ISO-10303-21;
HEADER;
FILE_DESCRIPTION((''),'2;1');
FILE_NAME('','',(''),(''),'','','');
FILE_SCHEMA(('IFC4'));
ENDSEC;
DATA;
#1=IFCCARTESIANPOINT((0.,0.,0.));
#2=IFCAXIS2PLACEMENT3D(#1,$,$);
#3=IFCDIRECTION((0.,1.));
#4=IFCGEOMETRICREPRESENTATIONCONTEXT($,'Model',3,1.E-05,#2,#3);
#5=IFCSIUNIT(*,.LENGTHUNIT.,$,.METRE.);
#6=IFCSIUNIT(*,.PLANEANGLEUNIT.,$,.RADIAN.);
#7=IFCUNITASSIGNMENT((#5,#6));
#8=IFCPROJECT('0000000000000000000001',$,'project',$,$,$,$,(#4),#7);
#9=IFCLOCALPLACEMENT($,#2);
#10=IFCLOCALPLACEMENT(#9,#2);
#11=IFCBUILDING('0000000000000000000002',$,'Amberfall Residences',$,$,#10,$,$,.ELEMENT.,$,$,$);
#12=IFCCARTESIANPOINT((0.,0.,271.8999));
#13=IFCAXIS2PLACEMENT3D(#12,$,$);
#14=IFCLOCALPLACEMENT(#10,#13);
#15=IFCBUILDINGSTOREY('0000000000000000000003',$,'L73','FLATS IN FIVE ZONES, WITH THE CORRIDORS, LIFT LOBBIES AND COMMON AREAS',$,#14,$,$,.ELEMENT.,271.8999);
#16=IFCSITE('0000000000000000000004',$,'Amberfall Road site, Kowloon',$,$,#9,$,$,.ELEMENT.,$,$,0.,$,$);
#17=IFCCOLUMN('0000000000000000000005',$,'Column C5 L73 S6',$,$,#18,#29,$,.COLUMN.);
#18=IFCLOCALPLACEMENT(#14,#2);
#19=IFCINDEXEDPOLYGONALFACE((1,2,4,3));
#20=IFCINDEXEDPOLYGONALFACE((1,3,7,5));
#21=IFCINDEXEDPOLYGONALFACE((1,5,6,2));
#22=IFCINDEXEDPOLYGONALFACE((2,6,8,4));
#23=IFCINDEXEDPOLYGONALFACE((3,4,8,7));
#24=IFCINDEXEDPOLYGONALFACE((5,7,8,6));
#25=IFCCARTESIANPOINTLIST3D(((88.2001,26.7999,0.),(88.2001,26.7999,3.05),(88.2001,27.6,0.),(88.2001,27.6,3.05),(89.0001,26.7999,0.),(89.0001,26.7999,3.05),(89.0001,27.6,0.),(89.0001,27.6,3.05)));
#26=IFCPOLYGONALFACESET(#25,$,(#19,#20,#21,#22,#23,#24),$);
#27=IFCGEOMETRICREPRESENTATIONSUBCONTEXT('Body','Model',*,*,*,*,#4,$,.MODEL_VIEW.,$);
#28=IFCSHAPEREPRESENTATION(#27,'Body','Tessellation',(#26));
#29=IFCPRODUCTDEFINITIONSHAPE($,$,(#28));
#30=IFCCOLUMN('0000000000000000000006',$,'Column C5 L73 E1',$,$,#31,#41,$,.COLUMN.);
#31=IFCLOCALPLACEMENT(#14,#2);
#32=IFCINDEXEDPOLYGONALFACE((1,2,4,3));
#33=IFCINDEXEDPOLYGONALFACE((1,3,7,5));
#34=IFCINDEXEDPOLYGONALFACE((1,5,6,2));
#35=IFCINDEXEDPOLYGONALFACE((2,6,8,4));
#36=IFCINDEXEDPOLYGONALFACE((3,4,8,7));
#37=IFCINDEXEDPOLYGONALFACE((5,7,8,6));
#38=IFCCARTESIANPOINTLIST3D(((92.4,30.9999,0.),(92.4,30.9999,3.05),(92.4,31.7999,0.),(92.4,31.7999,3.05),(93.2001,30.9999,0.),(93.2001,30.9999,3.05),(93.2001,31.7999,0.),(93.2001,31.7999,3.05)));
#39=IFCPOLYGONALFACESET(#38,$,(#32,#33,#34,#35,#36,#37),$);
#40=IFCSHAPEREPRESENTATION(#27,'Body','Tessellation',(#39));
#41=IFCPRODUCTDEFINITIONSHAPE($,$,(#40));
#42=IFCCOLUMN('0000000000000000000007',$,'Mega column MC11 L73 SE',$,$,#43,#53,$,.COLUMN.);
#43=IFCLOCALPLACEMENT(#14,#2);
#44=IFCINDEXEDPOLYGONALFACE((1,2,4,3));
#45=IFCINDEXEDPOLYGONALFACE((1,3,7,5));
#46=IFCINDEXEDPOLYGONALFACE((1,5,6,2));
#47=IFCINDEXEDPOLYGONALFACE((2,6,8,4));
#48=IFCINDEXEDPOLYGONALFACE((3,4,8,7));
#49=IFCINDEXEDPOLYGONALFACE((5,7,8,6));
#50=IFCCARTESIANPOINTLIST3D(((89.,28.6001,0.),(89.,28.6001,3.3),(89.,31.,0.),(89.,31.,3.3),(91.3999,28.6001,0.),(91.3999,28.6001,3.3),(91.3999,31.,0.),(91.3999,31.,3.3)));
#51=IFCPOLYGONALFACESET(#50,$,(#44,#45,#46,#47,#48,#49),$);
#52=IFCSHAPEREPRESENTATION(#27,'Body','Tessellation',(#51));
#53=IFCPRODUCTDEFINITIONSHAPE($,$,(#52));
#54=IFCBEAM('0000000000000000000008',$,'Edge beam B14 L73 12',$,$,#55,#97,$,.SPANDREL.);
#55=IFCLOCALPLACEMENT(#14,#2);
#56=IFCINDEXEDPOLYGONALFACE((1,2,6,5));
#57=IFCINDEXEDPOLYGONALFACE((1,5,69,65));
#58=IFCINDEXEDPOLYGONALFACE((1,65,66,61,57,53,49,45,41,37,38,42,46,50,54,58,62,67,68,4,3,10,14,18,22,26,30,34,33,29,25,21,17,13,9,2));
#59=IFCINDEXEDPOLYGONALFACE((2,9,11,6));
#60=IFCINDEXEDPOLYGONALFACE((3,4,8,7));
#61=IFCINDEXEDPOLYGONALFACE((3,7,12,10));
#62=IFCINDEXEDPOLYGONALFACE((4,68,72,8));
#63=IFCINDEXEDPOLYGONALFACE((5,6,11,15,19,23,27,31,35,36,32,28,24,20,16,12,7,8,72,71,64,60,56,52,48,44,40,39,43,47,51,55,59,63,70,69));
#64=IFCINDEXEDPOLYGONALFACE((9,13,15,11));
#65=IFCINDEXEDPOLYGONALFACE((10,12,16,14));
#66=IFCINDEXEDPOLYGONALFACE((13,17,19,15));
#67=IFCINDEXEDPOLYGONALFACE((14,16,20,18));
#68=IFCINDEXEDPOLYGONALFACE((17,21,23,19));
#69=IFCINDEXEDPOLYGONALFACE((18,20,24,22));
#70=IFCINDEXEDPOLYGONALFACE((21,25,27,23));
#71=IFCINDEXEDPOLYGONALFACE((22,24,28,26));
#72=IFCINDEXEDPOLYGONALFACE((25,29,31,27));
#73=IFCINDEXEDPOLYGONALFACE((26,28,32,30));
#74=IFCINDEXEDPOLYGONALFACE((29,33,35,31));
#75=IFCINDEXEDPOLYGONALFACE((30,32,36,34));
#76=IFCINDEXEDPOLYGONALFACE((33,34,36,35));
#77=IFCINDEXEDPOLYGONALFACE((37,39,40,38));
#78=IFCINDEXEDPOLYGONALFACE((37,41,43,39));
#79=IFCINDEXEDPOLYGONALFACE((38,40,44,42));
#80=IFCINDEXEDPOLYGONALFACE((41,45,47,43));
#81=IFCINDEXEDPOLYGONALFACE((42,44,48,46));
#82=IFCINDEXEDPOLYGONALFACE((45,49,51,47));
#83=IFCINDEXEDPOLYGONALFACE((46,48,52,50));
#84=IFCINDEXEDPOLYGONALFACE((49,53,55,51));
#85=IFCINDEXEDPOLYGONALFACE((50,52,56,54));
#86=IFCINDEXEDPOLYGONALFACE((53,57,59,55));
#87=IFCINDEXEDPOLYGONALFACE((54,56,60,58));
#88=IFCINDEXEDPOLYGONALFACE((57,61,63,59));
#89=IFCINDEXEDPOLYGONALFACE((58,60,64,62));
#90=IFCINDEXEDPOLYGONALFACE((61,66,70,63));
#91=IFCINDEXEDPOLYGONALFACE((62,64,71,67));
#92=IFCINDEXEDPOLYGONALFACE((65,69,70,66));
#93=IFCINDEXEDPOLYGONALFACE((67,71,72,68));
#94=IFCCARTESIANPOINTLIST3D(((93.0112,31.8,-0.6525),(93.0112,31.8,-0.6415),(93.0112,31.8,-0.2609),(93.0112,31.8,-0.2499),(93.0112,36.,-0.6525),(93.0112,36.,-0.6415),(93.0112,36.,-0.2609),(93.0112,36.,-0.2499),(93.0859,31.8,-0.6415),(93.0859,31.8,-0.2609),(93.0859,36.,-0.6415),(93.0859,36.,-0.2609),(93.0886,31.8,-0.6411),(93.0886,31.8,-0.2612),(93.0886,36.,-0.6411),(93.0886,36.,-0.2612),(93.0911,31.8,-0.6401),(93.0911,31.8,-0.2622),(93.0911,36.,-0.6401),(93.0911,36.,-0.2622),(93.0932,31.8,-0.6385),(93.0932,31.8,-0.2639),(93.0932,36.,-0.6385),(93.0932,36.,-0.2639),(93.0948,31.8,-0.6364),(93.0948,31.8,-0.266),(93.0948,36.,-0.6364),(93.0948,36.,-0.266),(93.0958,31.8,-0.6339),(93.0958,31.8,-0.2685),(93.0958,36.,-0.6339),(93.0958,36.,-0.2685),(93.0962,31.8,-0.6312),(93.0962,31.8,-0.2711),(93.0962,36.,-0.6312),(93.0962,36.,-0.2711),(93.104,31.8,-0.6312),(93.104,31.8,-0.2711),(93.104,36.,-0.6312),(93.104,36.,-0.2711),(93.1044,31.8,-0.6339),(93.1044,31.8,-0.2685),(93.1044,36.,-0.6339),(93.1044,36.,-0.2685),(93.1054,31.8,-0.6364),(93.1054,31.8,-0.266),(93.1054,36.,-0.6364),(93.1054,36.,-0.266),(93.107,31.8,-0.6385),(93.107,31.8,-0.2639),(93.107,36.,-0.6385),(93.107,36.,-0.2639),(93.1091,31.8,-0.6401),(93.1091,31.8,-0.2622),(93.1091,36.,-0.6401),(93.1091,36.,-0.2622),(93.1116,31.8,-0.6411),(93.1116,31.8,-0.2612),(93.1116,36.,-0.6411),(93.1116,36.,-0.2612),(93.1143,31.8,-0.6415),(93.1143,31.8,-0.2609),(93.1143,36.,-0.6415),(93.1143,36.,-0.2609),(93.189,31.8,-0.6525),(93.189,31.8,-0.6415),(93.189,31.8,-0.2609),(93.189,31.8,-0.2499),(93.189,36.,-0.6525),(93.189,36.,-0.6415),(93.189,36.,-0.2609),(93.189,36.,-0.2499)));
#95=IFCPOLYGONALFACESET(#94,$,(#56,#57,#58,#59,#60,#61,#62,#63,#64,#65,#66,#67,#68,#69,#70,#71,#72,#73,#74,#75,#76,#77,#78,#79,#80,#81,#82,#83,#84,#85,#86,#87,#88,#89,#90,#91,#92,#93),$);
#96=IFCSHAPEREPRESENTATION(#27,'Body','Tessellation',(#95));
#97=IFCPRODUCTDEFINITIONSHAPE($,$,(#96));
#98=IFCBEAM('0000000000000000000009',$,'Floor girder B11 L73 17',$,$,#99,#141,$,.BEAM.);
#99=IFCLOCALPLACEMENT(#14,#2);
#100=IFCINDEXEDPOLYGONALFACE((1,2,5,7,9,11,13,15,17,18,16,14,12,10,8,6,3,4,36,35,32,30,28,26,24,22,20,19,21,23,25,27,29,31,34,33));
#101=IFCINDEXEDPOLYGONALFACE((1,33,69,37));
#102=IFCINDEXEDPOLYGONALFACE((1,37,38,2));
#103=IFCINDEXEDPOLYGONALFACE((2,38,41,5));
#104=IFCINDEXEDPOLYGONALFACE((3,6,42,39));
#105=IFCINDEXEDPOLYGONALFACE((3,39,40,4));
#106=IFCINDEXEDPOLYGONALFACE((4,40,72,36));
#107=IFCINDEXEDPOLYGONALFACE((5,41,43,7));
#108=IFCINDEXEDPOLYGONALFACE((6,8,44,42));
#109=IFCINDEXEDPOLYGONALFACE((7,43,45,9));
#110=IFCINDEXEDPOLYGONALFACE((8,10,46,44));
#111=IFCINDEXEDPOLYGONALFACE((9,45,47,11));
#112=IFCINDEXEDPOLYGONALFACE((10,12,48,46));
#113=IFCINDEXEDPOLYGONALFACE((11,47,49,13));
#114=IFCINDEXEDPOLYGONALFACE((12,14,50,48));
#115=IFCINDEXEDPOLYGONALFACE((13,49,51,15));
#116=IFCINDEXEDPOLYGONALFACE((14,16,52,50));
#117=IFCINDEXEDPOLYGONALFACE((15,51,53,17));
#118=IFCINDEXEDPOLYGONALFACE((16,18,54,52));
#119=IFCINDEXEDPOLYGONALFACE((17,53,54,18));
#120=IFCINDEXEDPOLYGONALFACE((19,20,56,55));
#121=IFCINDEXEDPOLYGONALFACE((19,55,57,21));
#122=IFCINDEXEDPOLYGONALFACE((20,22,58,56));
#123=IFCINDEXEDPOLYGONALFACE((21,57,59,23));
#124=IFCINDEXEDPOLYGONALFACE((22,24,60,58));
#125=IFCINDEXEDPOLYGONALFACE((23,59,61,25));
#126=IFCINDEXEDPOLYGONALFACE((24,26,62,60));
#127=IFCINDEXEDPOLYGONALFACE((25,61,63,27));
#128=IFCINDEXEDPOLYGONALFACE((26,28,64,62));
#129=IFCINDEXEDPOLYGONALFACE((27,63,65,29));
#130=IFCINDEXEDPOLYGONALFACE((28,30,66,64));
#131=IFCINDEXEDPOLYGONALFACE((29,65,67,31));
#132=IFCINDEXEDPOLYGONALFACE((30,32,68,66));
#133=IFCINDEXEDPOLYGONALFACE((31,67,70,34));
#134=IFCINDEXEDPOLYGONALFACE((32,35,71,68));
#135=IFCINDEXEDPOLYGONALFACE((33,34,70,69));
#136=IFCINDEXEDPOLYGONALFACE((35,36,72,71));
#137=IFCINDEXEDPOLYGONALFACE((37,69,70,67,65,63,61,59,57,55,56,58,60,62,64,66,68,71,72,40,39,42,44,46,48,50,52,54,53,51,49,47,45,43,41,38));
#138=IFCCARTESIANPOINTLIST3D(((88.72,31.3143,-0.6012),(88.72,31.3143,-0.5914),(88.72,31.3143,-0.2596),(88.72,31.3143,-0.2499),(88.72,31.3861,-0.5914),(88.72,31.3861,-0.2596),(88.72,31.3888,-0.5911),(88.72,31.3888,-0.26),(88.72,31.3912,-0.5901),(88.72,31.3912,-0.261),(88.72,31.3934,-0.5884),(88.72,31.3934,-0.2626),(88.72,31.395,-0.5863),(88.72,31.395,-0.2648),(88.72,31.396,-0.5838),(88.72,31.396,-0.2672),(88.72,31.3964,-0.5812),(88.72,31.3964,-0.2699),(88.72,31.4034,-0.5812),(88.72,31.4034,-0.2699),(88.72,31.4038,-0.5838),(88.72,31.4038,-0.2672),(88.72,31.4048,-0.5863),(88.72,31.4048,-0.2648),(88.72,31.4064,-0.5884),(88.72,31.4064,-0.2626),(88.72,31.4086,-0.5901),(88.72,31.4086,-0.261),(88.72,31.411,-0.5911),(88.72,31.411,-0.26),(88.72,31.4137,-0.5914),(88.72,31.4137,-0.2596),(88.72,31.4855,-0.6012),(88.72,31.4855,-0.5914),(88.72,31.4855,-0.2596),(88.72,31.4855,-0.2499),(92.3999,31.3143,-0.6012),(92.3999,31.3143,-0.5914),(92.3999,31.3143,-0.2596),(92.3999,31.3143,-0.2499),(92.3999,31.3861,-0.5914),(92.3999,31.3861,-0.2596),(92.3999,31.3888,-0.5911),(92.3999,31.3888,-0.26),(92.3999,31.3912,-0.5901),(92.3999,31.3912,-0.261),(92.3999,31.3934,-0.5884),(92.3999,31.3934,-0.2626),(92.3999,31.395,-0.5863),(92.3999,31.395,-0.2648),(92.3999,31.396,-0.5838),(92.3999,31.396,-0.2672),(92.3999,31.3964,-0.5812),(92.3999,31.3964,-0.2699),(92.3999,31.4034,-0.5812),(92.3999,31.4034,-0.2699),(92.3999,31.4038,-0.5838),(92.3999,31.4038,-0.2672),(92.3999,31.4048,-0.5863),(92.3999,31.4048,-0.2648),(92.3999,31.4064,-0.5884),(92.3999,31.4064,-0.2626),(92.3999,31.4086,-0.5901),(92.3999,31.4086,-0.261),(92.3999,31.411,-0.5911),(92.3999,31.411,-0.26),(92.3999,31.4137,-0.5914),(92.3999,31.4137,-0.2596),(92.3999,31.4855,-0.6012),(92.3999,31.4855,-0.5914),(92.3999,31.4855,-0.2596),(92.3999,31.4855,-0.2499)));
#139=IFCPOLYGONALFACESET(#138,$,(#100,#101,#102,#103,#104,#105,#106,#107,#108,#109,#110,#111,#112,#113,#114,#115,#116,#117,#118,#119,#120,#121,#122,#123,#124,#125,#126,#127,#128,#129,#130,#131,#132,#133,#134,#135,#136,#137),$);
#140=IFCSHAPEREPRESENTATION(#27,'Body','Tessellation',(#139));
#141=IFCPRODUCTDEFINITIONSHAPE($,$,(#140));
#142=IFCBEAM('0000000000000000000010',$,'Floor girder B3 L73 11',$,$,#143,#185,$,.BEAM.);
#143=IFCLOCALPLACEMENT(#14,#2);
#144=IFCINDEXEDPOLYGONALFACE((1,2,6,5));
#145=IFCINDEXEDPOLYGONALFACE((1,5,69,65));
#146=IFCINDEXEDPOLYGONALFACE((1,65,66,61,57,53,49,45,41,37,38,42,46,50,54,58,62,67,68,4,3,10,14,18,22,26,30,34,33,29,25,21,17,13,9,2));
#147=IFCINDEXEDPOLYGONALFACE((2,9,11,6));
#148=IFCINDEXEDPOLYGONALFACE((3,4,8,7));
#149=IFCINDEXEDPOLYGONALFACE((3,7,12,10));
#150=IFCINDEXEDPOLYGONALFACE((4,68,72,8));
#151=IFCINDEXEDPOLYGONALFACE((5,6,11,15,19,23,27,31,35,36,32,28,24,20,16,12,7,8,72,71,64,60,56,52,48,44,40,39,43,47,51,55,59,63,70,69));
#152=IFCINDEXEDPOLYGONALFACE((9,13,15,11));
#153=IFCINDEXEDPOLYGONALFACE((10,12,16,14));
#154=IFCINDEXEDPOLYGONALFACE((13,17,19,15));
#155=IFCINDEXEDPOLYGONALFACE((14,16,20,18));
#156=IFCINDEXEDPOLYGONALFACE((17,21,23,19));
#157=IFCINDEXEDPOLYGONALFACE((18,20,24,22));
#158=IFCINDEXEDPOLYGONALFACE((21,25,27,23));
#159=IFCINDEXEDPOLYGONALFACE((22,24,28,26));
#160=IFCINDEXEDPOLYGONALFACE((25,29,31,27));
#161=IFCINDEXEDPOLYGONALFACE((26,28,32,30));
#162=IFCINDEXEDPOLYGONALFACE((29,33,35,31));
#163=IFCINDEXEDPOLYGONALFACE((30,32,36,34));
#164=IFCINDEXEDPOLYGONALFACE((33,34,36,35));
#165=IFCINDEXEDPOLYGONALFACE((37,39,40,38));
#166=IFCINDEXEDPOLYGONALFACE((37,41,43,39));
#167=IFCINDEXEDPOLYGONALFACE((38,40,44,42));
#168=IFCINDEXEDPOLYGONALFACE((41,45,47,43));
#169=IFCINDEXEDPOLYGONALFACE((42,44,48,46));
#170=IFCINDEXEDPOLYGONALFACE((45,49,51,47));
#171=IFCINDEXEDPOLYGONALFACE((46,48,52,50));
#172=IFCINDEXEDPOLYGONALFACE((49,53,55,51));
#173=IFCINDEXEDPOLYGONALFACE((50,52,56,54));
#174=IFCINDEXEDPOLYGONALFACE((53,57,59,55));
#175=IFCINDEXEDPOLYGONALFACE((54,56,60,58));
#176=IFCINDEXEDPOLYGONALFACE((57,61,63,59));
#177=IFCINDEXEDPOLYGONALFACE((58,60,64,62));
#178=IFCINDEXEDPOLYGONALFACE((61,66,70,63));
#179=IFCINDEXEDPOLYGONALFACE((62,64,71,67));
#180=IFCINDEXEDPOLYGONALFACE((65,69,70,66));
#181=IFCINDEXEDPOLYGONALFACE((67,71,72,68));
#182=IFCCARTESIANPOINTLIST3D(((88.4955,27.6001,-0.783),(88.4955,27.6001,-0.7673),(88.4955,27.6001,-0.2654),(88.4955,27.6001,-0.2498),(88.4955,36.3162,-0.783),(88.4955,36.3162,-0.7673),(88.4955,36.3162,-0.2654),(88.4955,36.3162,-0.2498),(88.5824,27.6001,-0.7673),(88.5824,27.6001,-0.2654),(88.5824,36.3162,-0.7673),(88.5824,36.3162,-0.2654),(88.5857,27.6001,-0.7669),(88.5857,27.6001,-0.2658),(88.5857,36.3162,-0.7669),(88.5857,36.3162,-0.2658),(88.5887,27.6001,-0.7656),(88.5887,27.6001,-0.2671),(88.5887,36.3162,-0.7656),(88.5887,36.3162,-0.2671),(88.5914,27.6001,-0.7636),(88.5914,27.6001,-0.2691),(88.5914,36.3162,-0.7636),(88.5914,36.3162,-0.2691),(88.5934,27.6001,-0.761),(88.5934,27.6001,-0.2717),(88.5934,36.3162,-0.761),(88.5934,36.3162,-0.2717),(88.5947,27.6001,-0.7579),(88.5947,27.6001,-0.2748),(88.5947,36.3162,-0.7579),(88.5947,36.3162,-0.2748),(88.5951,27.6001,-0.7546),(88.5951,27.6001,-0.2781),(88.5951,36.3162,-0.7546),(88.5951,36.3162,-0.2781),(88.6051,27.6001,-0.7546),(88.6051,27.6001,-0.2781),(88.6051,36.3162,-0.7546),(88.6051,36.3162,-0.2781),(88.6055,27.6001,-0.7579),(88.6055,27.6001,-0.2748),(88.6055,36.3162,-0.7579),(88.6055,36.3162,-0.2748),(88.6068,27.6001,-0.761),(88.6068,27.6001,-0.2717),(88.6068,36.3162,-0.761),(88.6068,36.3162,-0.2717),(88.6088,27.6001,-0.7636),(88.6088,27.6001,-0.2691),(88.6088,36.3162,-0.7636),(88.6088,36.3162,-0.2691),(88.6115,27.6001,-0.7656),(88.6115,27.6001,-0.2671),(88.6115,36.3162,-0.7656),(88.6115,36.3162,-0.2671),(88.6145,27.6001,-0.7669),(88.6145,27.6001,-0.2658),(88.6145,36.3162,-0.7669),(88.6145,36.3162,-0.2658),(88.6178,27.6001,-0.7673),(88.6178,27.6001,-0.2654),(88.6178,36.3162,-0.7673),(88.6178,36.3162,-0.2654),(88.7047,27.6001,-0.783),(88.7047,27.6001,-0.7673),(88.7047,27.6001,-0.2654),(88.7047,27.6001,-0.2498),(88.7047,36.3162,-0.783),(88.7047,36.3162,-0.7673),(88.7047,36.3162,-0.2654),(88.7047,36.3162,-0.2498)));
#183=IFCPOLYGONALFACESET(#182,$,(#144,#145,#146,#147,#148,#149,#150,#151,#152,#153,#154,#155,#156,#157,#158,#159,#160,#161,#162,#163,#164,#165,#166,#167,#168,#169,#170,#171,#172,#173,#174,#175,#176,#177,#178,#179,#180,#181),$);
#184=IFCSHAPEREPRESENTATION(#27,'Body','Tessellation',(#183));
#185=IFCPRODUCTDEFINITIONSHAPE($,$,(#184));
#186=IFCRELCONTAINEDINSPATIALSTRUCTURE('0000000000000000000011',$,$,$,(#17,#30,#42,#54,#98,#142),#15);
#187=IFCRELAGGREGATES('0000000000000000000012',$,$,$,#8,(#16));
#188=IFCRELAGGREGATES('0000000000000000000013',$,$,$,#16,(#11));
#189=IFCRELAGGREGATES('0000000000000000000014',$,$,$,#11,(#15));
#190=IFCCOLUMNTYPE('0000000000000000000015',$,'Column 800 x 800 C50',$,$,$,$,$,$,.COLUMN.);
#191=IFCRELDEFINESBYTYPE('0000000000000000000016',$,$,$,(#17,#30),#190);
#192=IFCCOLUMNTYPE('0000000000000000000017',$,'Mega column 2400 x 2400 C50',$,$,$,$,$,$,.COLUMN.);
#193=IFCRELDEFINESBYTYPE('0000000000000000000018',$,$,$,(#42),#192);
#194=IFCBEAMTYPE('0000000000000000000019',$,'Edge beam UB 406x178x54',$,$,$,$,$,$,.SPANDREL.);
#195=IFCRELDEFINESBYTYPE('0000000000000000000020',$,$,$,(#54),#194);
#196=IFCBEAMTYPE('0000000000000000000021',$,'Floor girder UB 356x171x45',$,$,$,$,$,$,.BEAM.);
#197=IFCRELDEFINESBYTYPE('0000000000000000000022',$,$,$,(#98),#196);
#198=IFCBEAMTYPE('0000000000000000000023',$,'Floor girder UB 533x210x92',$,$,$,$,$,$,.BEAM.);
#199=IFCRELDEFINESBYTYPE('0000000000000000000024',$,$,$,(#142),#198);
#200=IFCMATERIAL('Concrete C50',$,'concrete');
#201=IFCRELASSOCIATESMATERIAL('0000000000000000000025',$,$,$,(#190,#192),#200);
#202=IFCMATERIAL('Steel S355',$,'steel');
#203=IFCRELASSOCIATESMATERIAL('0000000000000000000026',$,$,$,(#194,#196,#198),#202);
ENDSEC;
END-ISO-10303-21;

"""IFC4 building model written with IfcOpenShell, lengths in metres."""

from ifc_helpers import new_model, si_unit, direction, frame, origin, origin_2d, place, context, subcontext, project, spatial, rectangle, i_section, extrude, material, material_profile, profile_set, type_object, element, save


model = new_model("IFC4")

# Units and contexts
model_context = context("Model", 3, precision=1e-05, world=origin(), true_north=direction((0.0, 1.0)))
body_context = subcontext(model_context, "Body", "Model", "MODEL_VIEW")
ifc_project = project(units=[si_unit("LENGTHUNIT", "METRE"), si_unit("PLANEANGLEUNIT", "RADIAN")], contexts=[model_context])

# Site, building, storey
site_placement = place(None, origin())
site = spatial("IfcSite", under=ifc_project, at=site_placement, Name="Amberfall Road site, Kowloon", CompositionType="ELEMENT", RefElevation=0.0)
building_placement = place(site_placement, origin())
building = spatial("IfcBuilding", under=site, at=building_placement, Name="Amberfall Residences", CompositionType="ELEMENT")
storey_placement = place(building_placement, frame((0.0, 0.0, 271.8999)))
storey = spatial("IfcBuildingStorey", under=building, at=storey_placement, Name="L73", Description="FLATS IN FIVE ZONES, WITH THE CORRIDORS, LIFT LOBBIES AND COMMON AREAS", CompositionType="ELEMENT", Elevation=271.8999)

# Columns
ifc_material_1 = material(Name="Concrete C50", Category="concrete")
ifc_material_profile_1 = material_profile(ifc_material_1, rectangle(XDim=0.8, YDim=0.8, at=origin_2d()), Name="Column 800 x 800 C50")
ifc_profile_set_1 = profile_set([ifc_material_profile_1], Name="Concrete C50")
column_type_1 = type_object("IfcColumnType", Name="Column 800 x 800 C50", PredefinedType="COLUMN", material=ifc_profile_set_1)
for number, where, z_axis, x_axis, name in (
    (1, (88.6001, 27.2, 0.0), (0.0, 0.0, 1.0), (1.0, 0.0, 0.0), "Column C5 L73 S6"),
    (2, (92.8, 31.3999, 0.0), (0.0, 0.0, 1.0), (1.0, 0.0, 0.0), "Column C5 L73 E1"),
):
    element("IfcColumn", number, at=place(storey_placement, frame(where, z_axis=z_axis, x_axis=x_axis)), inside=storey, type_object=column_type_1, Name=name, PredefinedType="COLUMN", context=body_context, shape_type="SweptSolid", body=[
        extrude(rectangle(XDim=0.8, YDim=0.8, at=origin_2d()), origin(), (0.0, 0.0, 1.0), 3.05),
    ])
ifc_material_profile_2 = material_profile(ifc_material_1, rectangle(XDim=2.3999, YDim=2.3999, at=origin_2d()), Name="Mega column 2400 x 2400 C50")
ifc_profile_set_2 = profile_set([ifc_material_profile_2], Name="Concrete C50")
column_type_2 = type_object("IfcColumnType", Name="Mega column 2400 x 2400 C50", PredefinedType="COLUMN", material=ifc_profile_set_2)
column_placement = place(storey_placement, frame((90.2, 29.8, 0.0), z_axis=(0.0, 0.0, 1.0), x_axis=(1.0, 0.0, 0.0)))
element("IfcColumn", 3, at=column_placement, inside=storey, type_object=column_type_2, Name="Mega column MC11 L73 SE", PredefinedType="COLUMN", context=body_context, shape_type="SweptSolid", body=[
    extrude(rectangle(XDim=2.3999, YDim=2.3999, at=origin_2d()), origin(), (0.0, 0.0, 1.0), 3.3),
])

# Beams
ifc_material_2 = material(Name="Steel S355", Category="steel")
ifc_material_profile_3 = material_profile(ifc_material_2, i_section(OverallWidth=0.1777, OverallDepth=0.4026, WebThickness=0.0078, FlangeThickness=0.011, FilletRadius=0.0103, at=origin_2d()), Name="UB 406x178x54")
ifc_profile_set_3 = profile_set([ifc_material_profile_3], Name="Steel S355")
beam_type_1 = type_object("IfcBeamType", Name="Edge beam UB 406x178x54", PredefinedType="SPANDREL", material=ifc_profile_set_3)
beam_1_placement = place(storey_placement, frame((93.1001, 31.8, -0.4512), z_axis=(0.0, 1.0, 0.0), x_axis=(-1.0, 0.0, 0.0)))
element("IfcBeam", 4, at=beam_1_placement, inside=storey, type_object=beam_type_1, Name="Edge beam B14 L73 12", PredefinedType="SPANDREL", context=body_context, shape_type="SweptSolid", body=[
    extrude(i_section(OverallWidth=0.1777, OverallDepth=0.4026, WebThickness=0.0078, FlangeThickness=0.011, FilletRadius=0.0103, at=origin_2d()), origin(), (0.0, 0.0, 1.0), 4.2),
])
ifc_material_profile_4 = material_profile(ifc_material_2, i_section(OverallWidth=0.1711, OverallDepth=0.3513, WebThickness=0.0071, FlangeThickness=0.0098, FilletRadius=0.0103, at=origin_2d()), Name="UB 356x171x45")
ifc_profile_set_4 = profile_set([ifc_material_profile_4], Name="Steel S355")
beam_type_2 = type_object("IfcBeamType", Name="Floor girder UB 356x171x45", PredefinedType="BEAM", material=ifc_profile_set_4)
beam_2_placement = place(storey_placement, frame((92.3999, 31.3999, -0.4255), z_axis=(-1.0, 0.0, 0.0), x_axis=(0.0, -1.0, 0.0)))
element("IfcBeam", 5, at=beam_2_placement, inside=storey, type_object=beam_type_2, Name="Floor girder B11 L73 17", PredefinedType="BEAM", context=body_context, shape_type="SweptSolid", body=[
    extrude(i_section(OverallWidth=0.1711, OverallDepth=0.3513, WebThickness=0.0071, FlangeThickness=0.0098, FilletRadius=0.0103, at=origin_2d()), origin(), (0.0, 0.0, 1.0), 3.6799),
])
ifc_material_profile_5 = material_profile(ifc_material_2, i_section(OverallWidth=0.2092, OverallDepth=0.5332, WebThickness=0.01, FlangeThickness=0.0156, FilletRadius=0.0127, at=origin_2d()), Name="UB 533x210x92")
ifc_profile_set_5 = profile_set([ifc_material_profile_5], Name="Steel S355")
beam_type_3 = type_object("IfcBeamType", Name="Floor girder UB 533x210x92", PredefinedType="BEAM", material=ifc_profile_set_5)
beam_3_placement = place(storey_placement, frame((88.6001, 27.6001, -0.5164), z_axis=(0.0, 1.0, 0.0), x_axis=(-1.0, 0.0, 0.0)))
element("IfcBeam", 6, at=beam_3_placement, inside=storey, type_object=beam_type_3, Name="Floor girder B3 L73 11", PredefinedType="BEAM", context=body_context, shape_type="SweptSolid", body=[
    extrude(i_section(OverallWidth=0.2092, OverallDepth=0.5332, WebThickness=0.01, FlangeThickness=0.0156, FilletRadius=0.0127, at=origin_2d()), origin(), (0.0, 0.0, 1.0), 8.7161),
])

save(model, "model.ifc")
